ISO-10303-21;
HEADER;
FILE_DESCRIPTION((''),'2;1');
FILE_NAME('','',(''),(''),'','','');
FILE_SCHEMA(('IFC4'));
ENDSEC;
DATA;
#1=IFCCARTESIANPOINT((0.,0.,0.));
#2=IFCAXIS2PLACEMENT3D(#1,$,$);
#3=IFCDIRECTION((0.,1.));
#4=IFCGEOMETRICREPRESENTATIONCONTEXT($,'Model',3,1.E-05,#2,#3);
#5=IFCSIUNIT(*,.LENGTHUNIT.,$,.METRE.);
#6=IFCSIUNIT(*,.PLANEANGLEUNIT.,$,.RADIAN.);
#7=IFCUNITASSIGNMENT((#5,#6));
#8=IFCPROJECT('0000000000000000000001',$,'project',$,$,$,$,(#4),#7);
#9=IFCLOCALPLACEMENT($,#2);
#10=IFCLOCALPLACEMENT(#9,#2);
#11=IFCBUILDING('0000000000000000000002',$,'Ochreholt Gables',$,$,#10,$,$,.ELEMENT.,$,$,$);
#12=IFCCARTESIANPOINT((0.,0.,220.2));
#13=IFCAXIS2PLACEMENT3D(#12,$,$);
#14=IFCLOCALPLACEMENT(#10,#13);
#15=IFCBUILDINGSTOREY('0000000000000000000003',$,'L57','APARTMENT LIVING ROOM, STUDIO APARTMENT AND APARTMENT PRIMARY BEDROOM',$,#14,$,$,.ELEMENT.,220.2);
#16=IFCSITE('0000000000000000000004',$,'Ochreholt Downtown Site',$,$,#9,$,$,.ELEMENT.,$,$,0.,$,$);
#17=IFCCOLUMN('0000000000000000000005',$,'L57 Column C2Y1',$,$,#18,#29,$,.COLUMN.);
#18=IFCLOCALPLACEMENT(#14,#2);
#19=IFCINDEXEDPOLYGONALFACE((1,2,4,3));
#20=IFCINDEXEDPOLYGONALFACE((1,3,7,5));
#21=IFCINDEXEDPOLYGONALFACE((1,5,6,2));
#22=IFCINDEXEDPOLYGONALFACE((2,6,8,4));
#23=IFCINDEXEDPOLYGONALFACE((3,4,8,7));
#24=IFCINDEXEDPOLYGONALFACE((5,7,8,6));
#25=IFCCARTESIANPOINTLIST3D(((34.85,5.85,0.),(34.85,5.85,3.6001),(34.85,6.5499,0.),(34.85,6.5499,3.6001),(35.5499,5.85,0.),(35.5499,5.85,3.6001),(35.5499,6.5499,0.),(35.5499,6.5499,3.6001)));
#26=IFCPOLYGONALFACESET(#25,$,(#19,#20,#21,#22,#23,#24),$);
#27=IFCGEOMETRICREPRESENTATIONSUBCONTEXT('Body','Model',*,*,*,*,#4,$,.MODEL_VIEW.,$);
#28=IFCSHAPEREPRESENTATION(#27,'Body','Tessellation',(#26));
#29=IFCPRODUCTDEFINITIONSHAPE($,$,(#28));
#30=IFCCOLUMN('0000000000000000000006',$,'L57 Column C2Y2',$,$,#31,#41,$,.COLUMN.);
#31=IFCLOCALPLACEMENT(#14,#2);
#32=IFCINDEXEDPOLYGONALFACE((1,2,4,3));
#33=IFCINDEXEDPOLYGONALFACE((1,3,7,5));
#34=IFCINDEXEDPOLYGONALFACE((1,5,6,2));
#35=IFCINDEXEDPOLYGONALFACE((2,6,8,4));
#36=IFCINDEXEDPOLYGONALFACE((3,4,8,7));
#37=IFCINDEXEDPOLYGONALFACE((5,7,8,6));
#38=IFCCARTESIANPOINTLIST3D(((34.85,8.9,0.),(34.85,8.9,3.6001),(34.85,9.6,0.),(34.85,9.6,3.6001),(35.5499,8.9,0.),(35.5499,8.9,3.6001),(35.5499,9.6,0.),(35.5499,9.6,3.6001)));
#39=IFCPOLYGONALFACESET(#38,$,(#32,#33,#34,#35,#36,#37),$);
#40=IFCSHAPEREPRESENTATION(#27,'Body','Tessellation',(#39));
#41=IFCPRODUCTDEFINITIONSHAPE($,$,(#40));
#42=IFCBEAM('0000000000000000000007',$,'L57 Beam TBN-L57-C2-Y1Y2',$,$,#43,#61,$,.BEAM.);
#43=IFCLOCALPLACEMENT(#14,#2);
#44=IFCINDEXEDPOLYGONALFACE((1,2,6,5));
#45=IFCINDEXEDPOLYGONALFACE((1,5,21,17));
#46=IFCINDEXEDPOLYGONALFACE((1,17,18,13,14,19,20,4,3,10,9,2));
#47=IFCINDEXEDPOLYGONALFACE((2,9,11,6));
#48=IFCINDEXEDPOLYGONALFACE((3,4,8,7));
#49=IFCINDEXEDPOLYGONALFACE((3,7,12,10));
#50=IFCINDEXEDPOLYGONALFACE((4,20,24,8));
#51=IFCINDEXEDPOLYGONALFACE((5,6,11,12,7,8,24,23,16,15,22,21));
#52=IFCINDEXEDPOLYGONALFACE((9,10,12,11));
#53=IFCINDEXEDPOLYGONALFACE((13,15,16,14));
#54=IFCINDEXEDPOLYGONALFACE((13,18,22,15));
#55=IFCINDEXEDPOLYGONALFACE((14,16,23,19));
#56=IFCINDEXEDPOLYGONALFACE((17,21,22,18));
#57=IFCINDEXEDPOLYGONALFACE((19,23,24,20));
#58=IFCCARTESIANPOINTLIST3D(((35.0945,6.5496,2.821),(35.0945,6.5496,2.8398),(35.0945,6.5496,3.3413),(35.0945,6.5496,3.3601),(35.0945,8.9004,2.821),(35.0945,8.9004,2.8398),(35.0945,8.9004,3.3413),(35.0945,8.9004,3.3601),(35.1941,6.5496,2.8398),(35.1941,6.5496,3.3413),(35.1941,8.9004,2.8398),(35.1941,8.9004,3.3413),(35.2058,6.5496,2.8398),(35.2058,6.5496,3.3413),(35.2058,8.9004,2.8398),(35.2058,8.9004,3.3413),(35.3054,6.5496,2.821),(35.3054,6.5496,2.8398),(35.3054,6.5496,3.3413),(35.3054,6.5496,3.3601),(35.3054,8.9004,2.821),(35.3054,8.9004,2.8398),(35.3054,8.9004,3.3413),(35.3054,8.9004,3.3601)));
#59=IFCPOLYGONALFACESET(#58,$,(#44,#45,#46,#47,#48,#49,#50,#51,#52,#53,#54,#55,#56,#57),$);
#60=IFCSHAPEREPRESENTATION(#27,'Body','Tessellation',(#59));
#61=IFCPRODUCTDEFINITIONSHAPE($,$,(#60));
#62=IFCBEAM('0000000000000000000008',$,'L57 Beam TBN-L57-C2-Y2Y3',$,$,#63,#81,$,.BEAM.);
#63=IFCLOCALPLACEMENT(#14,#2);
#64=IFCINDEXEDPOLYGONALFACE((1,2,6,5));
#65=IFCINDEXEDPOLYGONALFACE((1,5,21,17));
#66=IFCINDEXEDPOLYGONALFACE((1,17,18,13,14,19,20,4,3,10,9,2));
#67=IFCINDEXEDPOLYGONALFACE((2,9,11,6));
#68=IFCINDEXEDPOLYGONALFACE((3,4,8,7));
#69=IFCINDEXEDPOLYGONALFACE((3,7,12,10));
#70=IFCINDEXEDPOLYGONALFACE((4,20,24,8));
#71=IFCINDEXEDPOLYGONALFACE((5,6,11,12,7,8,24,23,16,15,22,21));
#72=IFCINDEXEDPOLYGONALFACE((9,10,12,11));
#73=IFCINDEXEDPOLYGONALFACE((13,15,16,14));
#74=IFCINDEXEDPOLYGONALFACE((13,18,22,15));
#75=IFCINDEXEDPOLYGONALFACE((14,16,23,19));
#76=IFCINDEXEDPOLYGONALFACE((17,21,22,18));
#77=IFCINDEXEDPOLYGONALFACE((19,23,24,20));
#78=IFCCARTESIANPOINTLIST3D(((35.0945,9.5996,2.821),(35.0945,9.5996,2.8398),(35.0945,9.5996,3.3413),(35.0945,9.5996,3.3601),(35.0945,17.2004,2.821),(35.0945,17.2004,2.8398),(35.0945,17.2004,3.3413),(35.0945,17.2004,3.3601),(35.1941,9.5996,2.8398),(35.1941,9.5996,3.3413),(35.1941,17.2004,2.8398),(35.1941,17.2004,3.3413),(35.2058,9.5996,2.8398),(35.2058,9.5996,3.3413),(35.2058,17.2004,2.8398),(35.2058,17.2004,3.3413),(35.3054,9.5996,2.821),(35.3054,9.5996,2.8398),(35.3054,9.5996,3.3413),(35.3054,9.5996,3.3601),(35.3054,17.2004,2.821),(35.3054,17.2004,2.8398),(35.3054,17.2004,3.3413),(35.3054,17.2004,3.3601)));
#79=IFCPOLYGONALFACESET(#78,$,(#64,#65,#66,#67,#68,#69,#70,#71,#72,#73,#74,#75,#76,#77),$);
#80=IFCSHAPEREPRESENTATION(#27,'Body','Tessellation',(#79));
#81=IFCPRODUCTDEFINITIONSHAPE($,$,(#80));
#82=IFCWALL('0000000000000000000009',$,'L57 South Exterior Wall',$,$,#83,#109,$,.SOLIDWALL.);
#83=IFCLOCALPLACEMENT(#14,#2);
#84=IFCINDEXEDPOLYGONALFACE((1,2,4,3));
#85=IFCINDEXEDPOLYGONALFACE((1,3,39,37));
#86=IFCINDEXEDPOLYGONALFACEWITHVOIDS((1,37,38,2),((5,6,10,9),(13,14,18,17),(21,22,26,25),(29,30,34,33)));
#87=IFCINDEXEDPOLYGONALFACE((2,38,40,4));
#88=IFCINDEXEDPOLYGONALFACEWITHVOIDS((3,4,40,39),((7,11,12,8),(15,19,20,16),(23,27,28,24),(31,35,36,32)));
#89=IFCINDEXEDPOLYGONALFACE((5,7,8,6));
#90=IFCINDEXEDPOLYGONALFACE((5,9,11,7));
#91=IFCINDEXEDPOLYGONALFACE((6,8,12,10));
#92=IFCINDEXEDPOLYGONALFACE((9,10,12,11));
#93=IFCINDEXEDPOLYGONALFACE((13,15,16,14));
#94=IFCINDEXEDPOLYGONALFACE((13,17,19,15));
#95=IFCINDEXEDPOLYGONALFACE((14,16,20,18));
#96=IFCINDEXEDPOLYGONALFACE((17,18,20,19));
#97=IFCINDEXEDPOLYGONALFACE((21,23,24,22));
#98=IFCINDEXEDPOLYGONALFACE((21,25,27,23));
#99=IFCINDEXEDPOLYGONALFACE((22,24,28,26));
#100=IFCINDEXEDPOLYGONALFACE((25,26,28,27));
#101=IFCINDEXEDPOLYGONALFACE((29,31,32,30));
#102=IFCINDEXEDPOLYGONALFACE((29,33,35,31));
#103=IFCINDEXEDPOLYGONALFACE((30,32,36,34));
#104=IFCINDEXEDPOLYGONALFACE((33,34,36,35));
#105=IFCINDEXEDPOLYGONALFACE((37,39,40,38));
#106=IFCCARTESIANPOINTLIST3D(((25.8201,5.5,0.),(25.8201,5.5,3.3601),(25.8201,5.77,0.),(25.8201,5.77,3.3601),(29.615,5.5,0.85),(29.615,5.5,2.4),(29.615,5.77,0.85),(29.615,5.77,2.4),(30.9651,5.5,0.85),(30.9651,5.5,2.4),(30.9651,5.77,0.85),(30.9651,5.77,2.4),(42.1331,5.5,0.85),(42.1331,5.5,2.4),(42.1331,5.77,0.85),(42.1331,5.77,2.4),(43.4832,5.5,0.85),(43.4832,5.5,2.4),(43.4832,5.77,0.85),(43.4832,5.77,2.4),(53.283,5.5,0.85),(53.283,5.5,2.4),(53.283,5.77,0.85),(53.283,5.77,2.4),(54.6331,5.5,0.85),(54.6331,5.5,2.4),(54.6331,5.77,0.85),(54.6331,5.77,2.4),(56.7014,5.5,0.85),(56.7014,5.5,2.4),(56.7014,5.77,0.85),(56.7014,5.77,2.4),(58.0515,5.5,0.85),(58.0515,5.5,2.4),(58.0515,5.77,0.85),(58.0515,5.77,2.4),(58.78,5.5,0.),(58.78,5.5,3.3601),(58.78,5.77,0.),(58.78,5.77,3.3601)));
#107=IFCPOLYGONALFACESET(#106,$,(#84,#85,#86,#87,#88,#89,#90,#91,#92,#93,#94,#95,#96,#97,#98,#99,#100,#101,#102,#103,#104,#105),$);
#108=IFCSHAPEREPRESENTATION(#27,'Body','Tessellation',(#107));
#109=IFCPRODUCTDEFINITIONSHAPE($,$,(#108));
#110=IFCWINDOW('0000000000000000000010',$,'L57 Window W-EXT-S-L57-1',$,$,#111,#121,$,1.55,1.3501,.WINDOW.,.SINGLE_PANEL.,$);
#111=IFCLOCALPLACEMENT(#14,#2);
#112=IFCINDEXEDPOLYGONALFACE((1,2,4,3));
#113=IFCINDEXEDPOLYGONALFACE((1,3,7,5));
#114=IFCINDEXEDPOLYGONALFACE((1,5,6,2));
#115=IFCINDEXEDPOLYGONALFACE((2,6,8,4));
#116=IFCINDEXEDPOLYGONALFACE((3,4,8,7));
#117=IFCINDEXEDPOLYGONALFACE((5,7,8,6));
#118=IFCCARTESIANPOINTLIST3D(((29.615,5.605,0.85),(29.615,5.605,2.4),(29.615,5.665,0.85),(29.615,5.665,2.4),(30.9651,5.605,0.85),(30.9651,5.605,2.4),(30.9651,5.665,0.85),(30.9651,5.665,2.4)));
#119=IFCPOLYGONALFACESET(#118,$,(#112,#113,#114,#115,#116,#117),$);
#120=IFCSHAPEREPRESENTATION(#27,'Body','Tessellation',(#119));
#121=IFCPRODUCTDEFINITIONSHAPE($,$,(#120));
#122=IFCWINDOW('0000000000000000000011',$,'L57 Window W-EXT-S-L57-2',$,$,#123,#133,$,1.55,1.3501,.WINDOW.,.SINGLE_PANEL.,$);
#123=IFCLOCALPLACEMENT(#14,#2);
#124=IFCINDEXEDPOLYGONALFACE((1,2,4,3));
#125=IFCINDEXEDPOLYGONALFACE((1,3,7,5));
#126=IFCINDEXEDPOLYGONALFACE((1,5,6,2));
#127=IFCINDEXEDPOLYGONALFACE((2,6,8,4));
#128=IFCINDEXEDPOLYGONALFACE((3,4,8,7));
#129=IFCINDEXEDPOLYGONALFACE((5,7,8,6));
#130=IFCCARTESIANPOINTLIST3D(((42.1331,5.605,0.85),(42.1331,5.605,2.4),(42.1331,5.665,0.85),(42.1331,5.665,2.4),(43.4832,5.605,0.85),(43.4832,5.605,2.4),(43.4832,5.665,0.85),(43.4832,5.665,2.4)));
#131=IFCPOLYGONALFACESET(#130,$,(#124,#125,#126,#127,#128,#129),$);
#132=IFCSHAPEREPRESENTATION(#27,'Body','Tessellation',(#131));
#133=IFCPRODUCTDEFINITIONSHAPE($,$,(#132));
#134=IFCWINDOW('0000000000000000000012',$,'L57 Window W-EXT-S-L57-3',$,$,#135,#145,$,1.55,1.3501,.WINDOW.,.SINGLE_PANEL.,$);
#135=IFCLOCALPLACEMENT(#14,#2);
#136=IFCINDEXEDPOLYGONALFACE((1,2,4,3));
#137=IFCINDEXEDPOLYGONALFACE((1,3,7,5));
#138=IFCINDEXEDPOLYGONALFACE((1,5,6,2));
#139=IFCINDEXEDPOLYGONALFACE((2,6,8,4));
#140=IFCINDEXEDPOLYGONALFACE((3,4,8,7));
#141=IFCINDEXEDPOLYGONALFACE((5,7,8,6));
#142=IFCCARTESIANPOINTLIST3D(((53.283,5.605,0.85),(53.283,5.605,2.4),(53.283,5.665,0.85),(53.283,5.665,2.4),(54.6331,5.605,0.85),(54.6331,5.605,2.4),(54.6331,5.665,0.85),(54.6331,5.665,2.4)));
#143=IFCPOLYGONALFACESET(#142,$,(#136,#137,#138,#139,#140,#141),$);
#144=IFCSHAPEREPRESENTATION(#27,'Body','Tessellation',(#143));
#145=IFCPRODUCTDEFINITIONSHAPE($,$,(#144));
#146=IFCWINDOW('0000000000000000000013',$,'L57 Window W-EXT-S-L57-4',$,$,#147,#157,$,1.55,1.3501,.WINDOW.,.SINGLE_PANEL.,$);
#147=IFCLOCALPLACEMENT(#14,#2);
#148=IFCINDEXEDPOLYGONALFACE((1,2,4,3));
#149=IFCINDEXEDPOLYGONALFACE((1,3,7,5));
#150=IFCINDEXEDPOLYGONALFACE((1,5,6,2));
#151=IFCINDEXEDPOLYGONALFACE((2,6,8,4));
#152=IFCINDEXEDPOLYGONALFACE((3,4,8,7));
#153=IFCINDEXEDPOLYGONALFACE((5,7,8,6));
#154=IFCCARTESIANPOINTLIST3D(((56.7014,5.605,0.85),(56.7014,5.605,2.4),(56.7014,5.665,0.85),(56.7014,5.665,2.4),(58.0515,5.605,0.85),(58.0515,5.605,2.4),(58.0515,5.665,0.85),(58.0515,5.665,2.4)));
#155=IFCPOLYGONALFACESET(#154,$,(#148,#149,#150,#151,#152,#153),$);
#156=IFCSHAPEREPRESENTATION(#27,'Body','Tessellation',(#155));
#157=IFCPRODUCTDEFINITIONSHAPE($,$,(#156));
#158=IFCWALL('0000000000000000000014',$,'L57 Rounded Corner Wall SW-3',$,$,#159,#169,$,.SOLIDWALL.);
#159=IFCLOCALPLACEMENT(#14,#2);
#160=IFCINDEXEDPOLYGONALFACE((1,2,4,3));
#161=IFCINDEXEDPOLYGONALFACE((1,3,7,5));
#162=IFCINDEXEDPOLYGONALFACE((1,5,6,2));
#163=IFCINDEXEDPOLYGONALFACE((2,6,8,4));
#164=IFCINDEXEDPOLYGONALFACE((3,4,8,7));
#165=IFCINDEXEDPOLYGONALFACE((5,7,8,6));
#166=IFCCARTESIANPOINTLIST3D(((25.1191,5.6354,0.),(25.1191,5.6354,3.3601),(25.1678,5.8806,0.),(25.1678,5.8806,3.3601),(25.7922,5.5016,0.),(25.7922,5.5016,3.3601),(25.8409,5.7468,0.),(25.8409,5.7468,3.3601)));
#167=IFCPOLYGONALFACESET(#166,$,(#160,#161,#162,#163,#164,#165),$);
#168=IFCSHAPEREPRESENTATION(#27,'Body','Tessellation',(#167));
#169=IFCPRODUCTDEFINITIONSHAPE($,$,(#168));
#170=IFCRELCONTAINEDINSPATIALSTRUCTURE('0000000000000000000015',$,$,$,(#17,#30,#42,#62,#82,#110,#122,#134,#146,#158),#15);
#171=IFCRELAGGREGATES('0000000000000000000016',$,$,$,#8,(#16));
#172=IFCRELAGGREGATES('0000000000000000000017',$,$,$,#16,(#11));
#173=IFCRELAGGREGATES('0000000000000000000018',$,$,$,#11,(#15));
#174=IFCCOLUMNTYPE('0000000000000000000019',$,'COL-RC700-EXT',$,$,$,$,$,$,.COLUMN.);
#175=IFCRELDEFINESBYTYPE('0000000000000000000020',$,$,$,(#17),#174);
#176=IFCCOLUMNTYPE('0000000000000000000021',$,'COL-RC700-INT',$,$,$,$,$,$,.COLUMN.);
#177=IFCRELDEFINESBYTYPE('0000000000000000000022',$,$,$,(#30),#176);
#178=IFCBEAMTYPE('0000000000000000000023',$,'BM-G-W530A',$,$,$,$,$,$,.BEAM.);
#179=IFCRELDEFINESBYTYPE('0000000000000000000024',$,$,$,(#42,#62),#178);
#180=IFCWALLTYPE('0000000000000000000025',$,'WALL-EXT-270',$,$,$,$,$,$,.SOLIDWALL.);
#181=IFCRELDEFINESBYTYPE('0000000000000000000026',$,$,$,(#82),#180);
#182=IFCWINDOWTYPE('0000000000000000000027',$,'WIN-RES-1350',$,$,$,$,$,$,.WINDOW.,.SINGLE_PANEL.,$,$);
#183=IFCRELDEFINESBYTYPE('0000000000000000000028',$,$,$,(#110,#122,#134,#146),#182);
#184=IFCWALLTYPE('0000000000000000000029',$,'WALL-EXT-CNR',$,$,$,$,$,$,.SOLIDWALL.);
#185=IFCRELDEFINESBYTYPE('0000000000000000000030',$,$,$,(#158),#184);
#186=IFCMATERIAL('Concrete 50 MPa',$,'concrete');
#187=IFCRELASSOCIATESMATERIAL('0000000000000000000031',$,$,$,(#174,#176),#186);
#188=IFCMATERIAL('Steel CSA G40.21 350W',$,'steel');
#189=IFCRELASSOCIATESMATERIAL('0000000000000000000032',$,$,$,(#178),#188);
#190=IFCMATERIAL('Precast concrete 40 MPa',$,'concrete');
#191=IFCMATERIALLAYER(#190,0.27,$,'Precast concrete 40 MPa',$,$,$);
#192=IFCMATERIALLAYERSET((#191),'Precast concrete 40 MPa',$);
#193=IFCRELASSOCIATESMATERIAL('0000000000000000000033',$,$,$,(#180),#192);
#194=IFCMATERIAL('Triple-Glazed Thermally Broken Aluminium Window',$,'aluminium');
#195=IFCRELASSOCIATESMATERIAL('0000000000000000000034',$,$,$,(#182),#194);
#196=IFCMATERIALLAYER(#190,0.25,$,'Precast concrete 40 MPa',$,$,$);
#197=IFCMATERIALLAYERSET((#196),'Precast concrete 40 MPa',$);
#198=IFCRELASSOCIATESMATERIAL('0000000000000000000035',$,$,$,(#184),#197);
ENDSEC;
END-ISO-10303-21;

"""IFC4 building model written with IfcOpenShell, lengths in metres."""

from ifc_helpers import new_model, si_unit, direction, frame, frame_2d, origin, origin_2d, place, context, subcontext, project, spatial, rectangle, i_section, extrude, material, layer, layer_set, material_profile, profile_set, type_object, element, fill, save


model = new_model("IFC4")

# Units and contexts
model_context = context("Model", 3, precision=1e-05, world=origin(), true_north=direction((0.0, 1.0)))
body_context = subcontext(model_context, "Body", "Model", "MODEL_VIEW")
ifc_project = project(units=[si_unit("LENGTHUNIT", "METRE"), si_unit("PLANEANGLEUNIT", "RADIAN")], contexts=[model_context])

# Site, building, storey
site_placement = place(None, origin())
site = spatial("IfcSite", under=ifc_project, at=site_placement, Name="Ochreholt Downtown Site", CompositionType="ELEMENT", RefElevation=0.0)
building_placement = place(site_placement, origin())
building = spatial("IfcBuilding", under=site, at=building_placement, Name="Ochreholt Gables", CompositionType="ELEMENT")
storey_placement = place(building_placement, frame((0.0, 0.0, 220.2)))
storey = spatial("IfcBuildingStorey", under=building, at=storey_placement, Name="L57", Description="APARTMENT LIVING ROOM, STUDIO APARTMENT AND APARTMENT PRIMARY BEDROOM", CompositionType="ELEMENT", Elevation=220.2)

# Columns
ifc_material_1 = material(Name="Concrete 50 MPa", Category="concrete")
ifc_material_profile_1 = material_profile(ifc_material_1, rectangle(XDim=0.7, YDim=0.7, at=origin_2d()), Name="RC700X700")
ifc_profile_set_1 = profile_set([ifc_material_profile_1], Name="Concrete 50 MPa")
column_type_1 = type_object("IfcColumnType", Name="COL-RC700-EXT", PredefinedType="COLUMN", material=ifc_profile_set_1)
column_1_placement = place(storey_placement, frame((35.2, 6.2, 0.0), z_axis=(0.0, 0.0, 1.0), x_axis=(1.0, 0.0, 0.0)))
element("IfcColumn", 1, at=column_1_placement, inside=storey, type_object=column_type_1, Name="L57 Column C2Y1", PredefinedType="COLUMN", context=body_context, shape_type="SweptSolid", body=[
    extrude(rectangle(XDim=0.7, YDim=0.7, at=origin_2d()), origin(), (0.0, 0.0, 1.0), 3.6001),
])
ifc_material_profile_2 = material_profile(ifc_material_1, rectangle(XDim=0.7, YDim=0.7, at=origin_2d()), Name="RC700X700")
ifc_profile_set_2 = profile_set([ifc_material_profile_2], Name="Concrete 50 MPa")
column_type_2 = type_object("IfcColumnType", Name="COL-RC700-INT", PredefinedType="COLUMN", material=ifc_profile_set_2)
column_2_placement = place(storey_placement, frame((35.2, 9.25, 0.0), z_axis=(0.0, 0.0, 1.0), x_axis=(1.0, 0.0, 0.0)))
element("IfcColumn", 2, at=column_2_placement, inside=storey, type_object=column_type_2, Name="L57 Column C2Y2", PredefinedType="COLUMN", context=body_context, shape_type="SweptSolid", body=[
    extrude(rectangle(XDim=0.7, YDim=0.7, at=origin_2d()), origin(), (0.0, 0.0, 1.0), 3.6001),
])

# Beams
ifc_material_2 = material(Name="Steel CSA G40.21 350W", Category="steel")
ifc_material_profile_3 = material_profile(ifc_material_2, i_section(OverallWidth=0.2109, OverallDepth=0.5391, WebThickness=0.0117, FlangeThickness=0.0188, at=origin_2d()), Name="W530X109")
ifc_profile_set_3 = profile_set([ifc_material_profile_3], Name="Steel CSA G40.21 350W")
beam_type = type_object("IfcBeamType", Name="BM-G-W530A", PredefinedType="BEAM", material=ifc_profile_set_3)
beam_1_placement = place(storey_placement, frame((35.2, 6.5496, 3.0906), z_axis=(0.0, 1.0, 0.0), x_axis=(-1.0, 0.0, 0.0)))
element("IfcBeam", 3, at=beam_1_placement, inside=storey, type_object=beam_type, Name="L57 Beam TBN-L57-C2-Y1Y2", PredefinedType="BEAM", context=body_context, shape_type="SweptSolid", body=[
    extrude(i_section(OverallWidth=0.2109, OverallDepth=0.5391, WebThickness=0.0117, FlangeThickness=0.0188, at=origin_2d()), origin(), (0.0, 0.0, 1.0), 2.3508),
])
beam_2_placement = place(storey_placement, frame((35.2, 9.5996, 3.0906), z_axis=(0.0, 1.0, 0.0), x_axis=(-1.0, 0.0, 0.0)))
element("IfcBeam", 4, at=beam_2_placement, inside=storey, type_object=beam_type, Name="L57 Beam TBN-L57-C2-Y2Y3", PredefinedType="BEAM", context=body_context, shape_type="SweptSolid", body=[
    extrude(i_section(OverallWidth=0.2109, OverallDepth=0.5391, WebThickness=0.0117, FlangeThickness=0.0188, at=origin_2d()), origin(), (0.0, 0.0, 1.0), 7.6008),
])

# Wall, openings, windows
ifc_material_3 = material(Name="Precast concrete 40 MPa", Category="concrete")
ifc_layer_1 = layer(ifc_material_3, 0.27, Name="Precast concrete 40 MPa")
ifc_layer_set_1 = layer_set([ifc_layer_1], Name="Precast concrete 40 MPa")
wall_type_1 = type_object("IfcWallType", Name="WALL-EXT-270", PredefinedType="SOLIDWALL", material=ifc_layer_set_1)
wall_1_placement = place(storey_placement, frame((25.8201, 5.635, 0.0), z_axis=(0.0, 0.0, 1.0), x_axis=(1.0, 0.0, 0.0)))
wall_1 = element("IfcWall", 5, at=wall_1_placement, inside=storey, type_object=wall_type_1, Name="L57 South Exterior Wall", PredefinedType="SOLIDWALL", context=body_context, shape_type="SweptSolid", body=[
    extrude(rectangle(XDim=32.96, YDim=0.27, at=frame_2d((16.48, 0.0))), origin(), (0.0, 0.0, 1.0), 3.3601),
])
opening_1_placement = place(wall_1_placement, frame((3.7949, 0.0, 0.8501)))
opening_1 = element("IfcOpeningElement", 6, at=opening_1_placement, cuts=wall_1, PredefinedType="OPENING", context=body_context, shape_type="SweptSolid", body=[
    extrude(rectangle(XDim=1.3501, YDim=1.55, at=frame_2d((0.675, 0.7749))), frame((0.0, 0.145, 0.0), z_axis=(0.0, -1.0, 0.0), x_axis=(1.0, 0.0, 0.0)), (0.0, 0.0, 1.0), 0.29),
])
opening_2_placement = place(wall_1_placement, frame((16.313, 0.0, 0.8501)))
opening_2 = element("IfcOpeningElement", 7, at=opening_2_placement, cuts=wall_1, PredefinedType="OPENING", context=body_context, shape_type="SweptSolid", body=[
    extrude(rectangle(XDim=1.3501, YDim=1.55, at=frame_2d((0.675, 0.7749))), frame((0.0, 0.145, 0.0), z_axis=(0.0, -1.0, 0.0), x_axis=(1.0, 0.0, 0.0)), (0.0, 0.0, 1.0), 0.29),
])
opening_3_placement = place(wall_1_placement, frame((27.4629, 0.0, 0.8501)))
opening_3 = element("IfcOpeningElement", 8, at=opening_3_placement, cuts=wall_1, PredefinedType="OPENING", context=body_context, shape_type="SweptSolid", body=[
    extrude(rectangle(XDim=1.3501, YDim=1.55, at=frame_2d((0.675, 0.7749))), frame((0.0, 0.145, 0.0), z_axis=(0.0, -1.0, 0.0), x_axis=(1.0, 0.0, 0.0)), (0.0, 0.0, 1.0), 0.29),
])
opening_4_placement = place(wall_1_placement, frame((30.8813, 0.0, 0.8501)))
opening_4 = element("IfcOpeningElement", 9, at=opening_4_placement, cuts=wall_1, PredefinedType="OPENING", context=body_context, shape_type="SweptSolid", body=[
    extrude(rectangle(XDim=1.3501, YDim=1.55, at=frame_2d((0.675, 0.7749))), frame((0.0, 0.145, 0.0), z_axis=(0.0, -1.0, 0.0), x_axis=(1.0, 0.0, 0.0)), (0.0, 0.0, 1.0), 0.29),
])
ifc_material_4 = material(Name="Triple-Glazed Thermally Broken Aluminium Window", Category="aluminium")
window_type = type_object("IfcWindowType", Name="WIN-RES-1350", PartitioningType="SINGLE_PANEL", PredefinedType="WINDOW", material=ifc_material_4)
window_1_placement = place(opening_1_placement, origin())
window_1 = element("IfcWindow", 10, at=window_1_placement, inside=storey, type_object=window_type, Name="L57 Window W-EXT-S-L57-1", OverallHeight=1.55, OverallWidth=1.3501, PartitioningType="SINGLE_PANEL", PredefinedType="WINDOW", context=body_context, shape_type="SweptSolid", body=[
    extrude(rectangle(XDim=1.3501, YDim=1.55, at=frame_2d((0.675, 0.7749))), frame((0.0, 0.03, 0.0), z_axis=(0.0, -1.0, 0.0), x_axis=(1.0, 0.0, 0.0)), (0.0, 0.0, 1.0), 0.0601),
])
fill(opening_1, window_1)
window_2_placement = place(opening_2_placement, origin())
window_2 = element("IfcWindow", 11, at=window_2_placement, inside=storey, type_object=window_type, Name="L57 Window W-EXT-S-L57-2", OverallHeight=1.55, OverallWidth=1.3501, PartitioningType="SINGLE_PANEL", PredefinedType="WINDOW", context=body_context, shape_type="SweptSolid", body=[
    extrude(rectangle(XDim=1.3501, YDim=1.55, at=frame_2d((0.675, 0.7749))), frame((0.0, 0.03, 0.0), z_axis=(0.0, -1.0, 0.0), x_axis=(1.0, 0.0, 0.0)), (0.0, 0.0, 1.0), 0.0601),
])
fill(opening_2, window_2)
window_3_placement = place(opening_3_placement, origin())
window_3 = element("IfcWindow", 12, at=window_3_placement, inside=storey, type_object=window_type, Name="L57 Window W-EXT-S-L57-3", OverallHeight=1.55, OverallWidth=1.3501, PartitioningType="SINGLE_PANEL", PredefinedType="WINDOW", context=body_context, shape_type="SweptSolid", body=[
    extrude(rectangle(XDim=1.3501, YDim=1.55, at=frame_2d((0.675, 0.7749))), frame((0.0, 0.03, 0.0), z_axis=(0.0, -1.0, 0.0), x_axis=(1.0, 0.0, 0.0)), (0.0, 0.0, 1.0), 0.0601),
])
fill(opening_3, window_3)
window_4_placement = place(opening_4_placement, origin())
window_4 = element("IfcWindow", 13, at=window_4_placement, inside=storey, type_object=window_type, Name="L57 Window W-EXT-S-L57-4", OverallHeight=1.55, OverallWidth=1.3501, PartitioningType="SINGLE_PANEL", PredefinedType="WINDOW", context=body_context, shape_type="SweptSolid", body=[
    extrude(rectangle(XDim=1.3501, YDim=1.55, at=frame_2d((0.675, 0.7749))), frame((0.0, 0.03, 0.0), z_axis=(0.0, -1.0, 0.0), x_axis=(1.0, 0.0, 0.0)), (0.0, 0.0, 1.0), 0.0601),
])
fill(opening_4, window_4)

# Wall
ifc_layer_2 = layer(ifc_material_3, 0.25, Name="Precast concrete 40 MPa")
ifc_layer_set_2 = layer_set([ifc_layer_2], Name="Precast concrete 40 MPa")
wall_type_2 = type_object("IfcWallType", Name="WALL-EXT-CNR", PredefinedType="SOLIDWALL", material=ifc_layer_set_2)
wall_2_placement = place(storey_placement, frame((25.1433, 5.7581, 0.0), z_axis=(0.0, 0.0, 1.0), x_axis=(0.980813, -0.194953, 0.0)))
element("IfcWall", 14, at=wall_2_placement, inside=storey, type_object=wall_type_2, Name="L57 Rounded Corner Wall SW-3", PredefinedType="SOLIDWALL", context=body_context, shape_type="SweptSolid", body=[
    extrude(rectangle(XDim=0.6863, YDim=0.25, at=frame_2d((0.3433, 0.0))), origin(), (0.0, 0.0, 1.0), 3.3601),
])

save(model, "model.ifc")
